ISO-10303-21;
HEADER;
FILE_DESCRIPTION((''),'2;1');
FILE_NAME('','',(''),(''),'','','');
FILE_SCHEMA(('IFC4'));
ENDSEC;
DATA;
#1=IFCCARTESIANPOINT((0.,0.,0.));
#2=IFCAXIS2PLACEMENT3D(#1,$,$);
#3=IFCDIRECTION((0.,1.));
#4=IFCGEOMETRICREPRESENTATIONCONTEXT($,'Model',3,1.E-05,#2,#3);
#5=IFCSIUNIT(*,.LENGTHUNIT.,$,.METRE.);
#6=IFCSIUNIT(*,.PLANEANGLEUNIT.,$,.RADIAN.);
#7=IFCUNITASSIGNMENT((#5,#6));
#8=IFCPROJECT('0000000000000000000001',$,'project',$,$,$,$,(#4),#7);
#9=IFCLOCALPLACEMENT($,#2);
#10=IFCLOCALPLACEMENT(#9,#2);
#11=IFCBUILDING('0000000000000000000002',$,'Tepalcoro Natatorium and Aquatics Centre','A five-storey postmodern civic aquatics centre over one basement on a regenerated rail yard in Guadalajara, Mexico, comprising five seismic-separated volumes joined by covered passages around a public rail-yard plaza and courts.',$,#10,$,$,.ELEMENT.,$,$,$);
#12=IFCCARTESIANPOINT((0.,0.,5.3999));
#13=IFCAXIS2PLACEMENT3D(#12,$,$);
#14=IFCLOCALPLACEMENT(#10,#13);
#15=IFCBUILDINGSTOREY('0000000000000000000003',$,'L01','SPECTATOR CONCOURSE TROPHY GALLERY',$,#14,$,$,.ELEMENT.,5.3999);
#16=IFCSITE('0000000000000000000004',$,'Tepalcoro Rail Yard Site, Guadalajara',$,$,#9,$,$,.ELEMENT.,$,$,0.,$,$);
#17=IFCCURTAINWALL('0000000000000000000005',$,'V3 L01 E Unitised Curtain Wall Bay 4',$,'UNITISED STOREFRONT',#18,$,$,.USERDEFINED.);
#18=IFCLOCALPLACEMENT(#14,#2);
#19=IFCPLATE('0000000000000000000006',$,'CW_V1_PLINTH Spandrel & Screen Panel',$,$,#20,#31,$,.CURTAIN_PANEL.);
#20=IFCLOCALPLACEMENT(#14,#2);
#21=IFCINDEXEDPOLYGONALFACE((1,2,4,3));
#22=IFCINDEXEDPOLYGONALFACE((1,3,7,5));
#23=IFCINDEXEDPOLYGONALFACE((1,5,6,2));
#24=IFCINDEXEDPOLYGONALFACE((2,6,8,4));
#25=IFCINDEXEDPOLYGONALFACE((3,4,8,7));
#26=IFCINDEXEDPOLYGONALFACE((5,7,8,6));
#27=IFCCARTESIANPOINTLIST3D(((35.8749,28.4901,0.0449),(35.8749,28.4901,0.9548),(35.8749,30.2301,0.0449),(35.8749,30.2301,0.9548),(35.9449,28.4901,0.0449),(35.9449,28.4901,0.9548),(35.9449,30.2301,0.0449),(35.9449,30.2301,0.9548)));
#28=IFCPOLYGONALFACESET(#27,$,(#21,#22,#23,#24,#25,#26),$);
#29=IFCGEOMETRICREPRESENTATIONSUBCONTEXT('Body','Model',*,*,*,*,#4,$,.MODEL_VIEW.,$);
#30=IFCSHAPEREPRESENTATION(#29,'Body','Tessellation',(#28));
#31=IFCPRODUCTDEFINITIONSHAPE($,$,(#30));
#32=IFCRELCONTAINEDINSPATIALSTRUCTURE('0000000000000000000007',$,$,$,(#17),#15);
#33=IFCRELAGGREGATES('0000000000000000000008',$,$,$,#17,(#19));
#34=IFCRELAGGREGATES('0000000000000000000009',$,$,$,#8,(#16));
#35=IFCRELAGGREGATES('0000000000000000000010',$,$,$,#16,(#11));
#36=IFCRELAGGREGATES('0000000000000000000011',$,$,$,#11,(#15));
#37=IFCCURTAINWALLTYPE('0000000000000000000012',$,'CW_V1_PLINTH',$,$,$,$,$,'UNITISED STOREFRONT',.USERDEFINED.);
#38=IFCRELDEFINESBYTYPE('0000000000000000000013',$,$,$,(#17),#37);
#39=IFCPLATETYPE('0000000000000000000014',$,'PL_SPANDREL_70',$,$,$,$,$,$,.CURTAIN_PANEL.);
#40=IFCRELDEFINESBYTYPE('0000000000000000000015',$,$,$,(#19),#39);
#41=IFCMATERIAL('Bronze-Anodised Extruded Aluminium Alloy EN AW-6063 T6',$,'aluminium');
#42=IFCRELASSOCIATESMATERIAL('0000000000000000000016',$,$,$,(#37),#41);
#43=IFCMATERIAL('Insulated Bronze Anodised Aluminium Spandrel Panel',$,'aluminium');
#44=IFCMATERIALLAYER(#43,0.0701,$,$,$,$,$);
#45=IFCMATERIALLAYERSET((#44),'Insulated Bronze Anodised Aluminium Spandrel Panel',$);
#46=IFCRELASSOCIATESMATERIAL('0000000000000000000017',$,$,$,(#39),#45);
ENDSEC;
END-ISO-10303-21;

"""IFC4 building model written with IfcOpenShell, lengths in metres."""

from ifc_helpers import new_model, si_unit, direction, frame, origin, origin_2d, place, context, subcontext, project, spatial, rectangle, extrude, material, layer, layer_set, type_object, element, aggregate, save


model = new_model("IFC4")

# Units and contexts
model_context = context("Model", 3, precision=1e-05, world=origin(), true_north=direction((0.0, 1.0)))
body_context = subcontext(model_context, "Body", "Model", "MODEL_VIEW")
ifc_project = project(units=[si_unit("LENGTHUNIT", "METRE"), si_unit("PLANEANGLEUNIT", "RADIAN")], contexts=[model_context])

# Site, building, storey
site_placement = place(None, origin())
site = spatial("IfcSite", under=ifc_project, at=site_placement, Name="Tepalcoro Rail Yard Site, Guadalajara", CompositionType="ELEMENT", RefElevation=0.0)
building_placement = place(site_placement, origin())
building = spatial("IfcBuilding", under=site, at=building_placement, Name="Tepalcoro Natatorium and Aquatics Centre", Description="A five-storey postmodern civic aquatics centre over one basement on a regenerated rail yard in Guadalajara, Mexico, comprising five seismic-separated volumes joined by covered passages around a public rail-yard plaza and courts.", CompositionType="ELEMENT")
storey_placement = place(building_placement, frame((0.0, 0.0, 5.3999)))
storey = spatial("IfcBuildingStorey", under=building, at=storey_placement, Name="L01", Description="SPECTATOR CONCOURSE TROPHY GALLERY", CompositionType="ELEMENT", Elevation=5.3999)

# Curtain wall
ifc_material_1 = material(Name="Bronze-Anodised Extruded Aluminium Alloy EN AW-6063 T6", Category="aluminium")
curtain_wall_type_1 = type_object("IfcCurtainWallType", Name="CW_V1_PLINTH", ElementType="UNITISED STOREFRONT", PredefinedType="USERDEFINED", material=ifc_material_1)
curtain_wall_1_placement = place(storey_placement, origin())
curtain_wall_1 = element("IfcCurtainWall", 1, at=curtain_wall_1_placement, inside=storey, type_object=curtain_wall_type_1, Name="V3 L01 E Unitised Curtain Wall Bay 4", ObjectType="UNITISED STOREFRONT", PredefinedType="USERDEFINED")

# Plate
ifc_material_2 = material(Name="Insulated Bronze Anodised Aluminium Spandrel Panel", Category="aluminium")
ifc_layer_1 = layer(ifc_material_2, 0.0701)
ifc_layer_set_1 = layer_set([ifc_layer_1], Name="Insulated Bronze Anodised Aluminium Spandrel Panel")
plate_type_1 = type_object("IfcPlateType", Name="PL_SPANDREL_70", PredefinedType="CURTAIN_PANEL", material=ifc_layer_set_1)
plate_1_placement = place(storey_placement, frame((35.9099, 29.3601, 0.0449), z_axis=(0.0, 0.0, 1.0), x_axis=(1.0, 0.0, 0.0)))
plate_1 = element("IfcPlate", 2, at=plate_1_placement, type_object=plate_type_1, Name="CW_V1_PLINTH Spandrel & Screen Panel", PredefinedType="CURTAIN_PANEL", context=body_context, shape_type="SweptSolid", body=[
    extrude(rectangle(XDim=0.0701, YDim=1.74, at=origin_2d()), origin(), (0.0, 0.0, 1.0), 0.9099),
])
aggregate(curtain_wall_1, [plate_1])

save(model, "model.ifc")
